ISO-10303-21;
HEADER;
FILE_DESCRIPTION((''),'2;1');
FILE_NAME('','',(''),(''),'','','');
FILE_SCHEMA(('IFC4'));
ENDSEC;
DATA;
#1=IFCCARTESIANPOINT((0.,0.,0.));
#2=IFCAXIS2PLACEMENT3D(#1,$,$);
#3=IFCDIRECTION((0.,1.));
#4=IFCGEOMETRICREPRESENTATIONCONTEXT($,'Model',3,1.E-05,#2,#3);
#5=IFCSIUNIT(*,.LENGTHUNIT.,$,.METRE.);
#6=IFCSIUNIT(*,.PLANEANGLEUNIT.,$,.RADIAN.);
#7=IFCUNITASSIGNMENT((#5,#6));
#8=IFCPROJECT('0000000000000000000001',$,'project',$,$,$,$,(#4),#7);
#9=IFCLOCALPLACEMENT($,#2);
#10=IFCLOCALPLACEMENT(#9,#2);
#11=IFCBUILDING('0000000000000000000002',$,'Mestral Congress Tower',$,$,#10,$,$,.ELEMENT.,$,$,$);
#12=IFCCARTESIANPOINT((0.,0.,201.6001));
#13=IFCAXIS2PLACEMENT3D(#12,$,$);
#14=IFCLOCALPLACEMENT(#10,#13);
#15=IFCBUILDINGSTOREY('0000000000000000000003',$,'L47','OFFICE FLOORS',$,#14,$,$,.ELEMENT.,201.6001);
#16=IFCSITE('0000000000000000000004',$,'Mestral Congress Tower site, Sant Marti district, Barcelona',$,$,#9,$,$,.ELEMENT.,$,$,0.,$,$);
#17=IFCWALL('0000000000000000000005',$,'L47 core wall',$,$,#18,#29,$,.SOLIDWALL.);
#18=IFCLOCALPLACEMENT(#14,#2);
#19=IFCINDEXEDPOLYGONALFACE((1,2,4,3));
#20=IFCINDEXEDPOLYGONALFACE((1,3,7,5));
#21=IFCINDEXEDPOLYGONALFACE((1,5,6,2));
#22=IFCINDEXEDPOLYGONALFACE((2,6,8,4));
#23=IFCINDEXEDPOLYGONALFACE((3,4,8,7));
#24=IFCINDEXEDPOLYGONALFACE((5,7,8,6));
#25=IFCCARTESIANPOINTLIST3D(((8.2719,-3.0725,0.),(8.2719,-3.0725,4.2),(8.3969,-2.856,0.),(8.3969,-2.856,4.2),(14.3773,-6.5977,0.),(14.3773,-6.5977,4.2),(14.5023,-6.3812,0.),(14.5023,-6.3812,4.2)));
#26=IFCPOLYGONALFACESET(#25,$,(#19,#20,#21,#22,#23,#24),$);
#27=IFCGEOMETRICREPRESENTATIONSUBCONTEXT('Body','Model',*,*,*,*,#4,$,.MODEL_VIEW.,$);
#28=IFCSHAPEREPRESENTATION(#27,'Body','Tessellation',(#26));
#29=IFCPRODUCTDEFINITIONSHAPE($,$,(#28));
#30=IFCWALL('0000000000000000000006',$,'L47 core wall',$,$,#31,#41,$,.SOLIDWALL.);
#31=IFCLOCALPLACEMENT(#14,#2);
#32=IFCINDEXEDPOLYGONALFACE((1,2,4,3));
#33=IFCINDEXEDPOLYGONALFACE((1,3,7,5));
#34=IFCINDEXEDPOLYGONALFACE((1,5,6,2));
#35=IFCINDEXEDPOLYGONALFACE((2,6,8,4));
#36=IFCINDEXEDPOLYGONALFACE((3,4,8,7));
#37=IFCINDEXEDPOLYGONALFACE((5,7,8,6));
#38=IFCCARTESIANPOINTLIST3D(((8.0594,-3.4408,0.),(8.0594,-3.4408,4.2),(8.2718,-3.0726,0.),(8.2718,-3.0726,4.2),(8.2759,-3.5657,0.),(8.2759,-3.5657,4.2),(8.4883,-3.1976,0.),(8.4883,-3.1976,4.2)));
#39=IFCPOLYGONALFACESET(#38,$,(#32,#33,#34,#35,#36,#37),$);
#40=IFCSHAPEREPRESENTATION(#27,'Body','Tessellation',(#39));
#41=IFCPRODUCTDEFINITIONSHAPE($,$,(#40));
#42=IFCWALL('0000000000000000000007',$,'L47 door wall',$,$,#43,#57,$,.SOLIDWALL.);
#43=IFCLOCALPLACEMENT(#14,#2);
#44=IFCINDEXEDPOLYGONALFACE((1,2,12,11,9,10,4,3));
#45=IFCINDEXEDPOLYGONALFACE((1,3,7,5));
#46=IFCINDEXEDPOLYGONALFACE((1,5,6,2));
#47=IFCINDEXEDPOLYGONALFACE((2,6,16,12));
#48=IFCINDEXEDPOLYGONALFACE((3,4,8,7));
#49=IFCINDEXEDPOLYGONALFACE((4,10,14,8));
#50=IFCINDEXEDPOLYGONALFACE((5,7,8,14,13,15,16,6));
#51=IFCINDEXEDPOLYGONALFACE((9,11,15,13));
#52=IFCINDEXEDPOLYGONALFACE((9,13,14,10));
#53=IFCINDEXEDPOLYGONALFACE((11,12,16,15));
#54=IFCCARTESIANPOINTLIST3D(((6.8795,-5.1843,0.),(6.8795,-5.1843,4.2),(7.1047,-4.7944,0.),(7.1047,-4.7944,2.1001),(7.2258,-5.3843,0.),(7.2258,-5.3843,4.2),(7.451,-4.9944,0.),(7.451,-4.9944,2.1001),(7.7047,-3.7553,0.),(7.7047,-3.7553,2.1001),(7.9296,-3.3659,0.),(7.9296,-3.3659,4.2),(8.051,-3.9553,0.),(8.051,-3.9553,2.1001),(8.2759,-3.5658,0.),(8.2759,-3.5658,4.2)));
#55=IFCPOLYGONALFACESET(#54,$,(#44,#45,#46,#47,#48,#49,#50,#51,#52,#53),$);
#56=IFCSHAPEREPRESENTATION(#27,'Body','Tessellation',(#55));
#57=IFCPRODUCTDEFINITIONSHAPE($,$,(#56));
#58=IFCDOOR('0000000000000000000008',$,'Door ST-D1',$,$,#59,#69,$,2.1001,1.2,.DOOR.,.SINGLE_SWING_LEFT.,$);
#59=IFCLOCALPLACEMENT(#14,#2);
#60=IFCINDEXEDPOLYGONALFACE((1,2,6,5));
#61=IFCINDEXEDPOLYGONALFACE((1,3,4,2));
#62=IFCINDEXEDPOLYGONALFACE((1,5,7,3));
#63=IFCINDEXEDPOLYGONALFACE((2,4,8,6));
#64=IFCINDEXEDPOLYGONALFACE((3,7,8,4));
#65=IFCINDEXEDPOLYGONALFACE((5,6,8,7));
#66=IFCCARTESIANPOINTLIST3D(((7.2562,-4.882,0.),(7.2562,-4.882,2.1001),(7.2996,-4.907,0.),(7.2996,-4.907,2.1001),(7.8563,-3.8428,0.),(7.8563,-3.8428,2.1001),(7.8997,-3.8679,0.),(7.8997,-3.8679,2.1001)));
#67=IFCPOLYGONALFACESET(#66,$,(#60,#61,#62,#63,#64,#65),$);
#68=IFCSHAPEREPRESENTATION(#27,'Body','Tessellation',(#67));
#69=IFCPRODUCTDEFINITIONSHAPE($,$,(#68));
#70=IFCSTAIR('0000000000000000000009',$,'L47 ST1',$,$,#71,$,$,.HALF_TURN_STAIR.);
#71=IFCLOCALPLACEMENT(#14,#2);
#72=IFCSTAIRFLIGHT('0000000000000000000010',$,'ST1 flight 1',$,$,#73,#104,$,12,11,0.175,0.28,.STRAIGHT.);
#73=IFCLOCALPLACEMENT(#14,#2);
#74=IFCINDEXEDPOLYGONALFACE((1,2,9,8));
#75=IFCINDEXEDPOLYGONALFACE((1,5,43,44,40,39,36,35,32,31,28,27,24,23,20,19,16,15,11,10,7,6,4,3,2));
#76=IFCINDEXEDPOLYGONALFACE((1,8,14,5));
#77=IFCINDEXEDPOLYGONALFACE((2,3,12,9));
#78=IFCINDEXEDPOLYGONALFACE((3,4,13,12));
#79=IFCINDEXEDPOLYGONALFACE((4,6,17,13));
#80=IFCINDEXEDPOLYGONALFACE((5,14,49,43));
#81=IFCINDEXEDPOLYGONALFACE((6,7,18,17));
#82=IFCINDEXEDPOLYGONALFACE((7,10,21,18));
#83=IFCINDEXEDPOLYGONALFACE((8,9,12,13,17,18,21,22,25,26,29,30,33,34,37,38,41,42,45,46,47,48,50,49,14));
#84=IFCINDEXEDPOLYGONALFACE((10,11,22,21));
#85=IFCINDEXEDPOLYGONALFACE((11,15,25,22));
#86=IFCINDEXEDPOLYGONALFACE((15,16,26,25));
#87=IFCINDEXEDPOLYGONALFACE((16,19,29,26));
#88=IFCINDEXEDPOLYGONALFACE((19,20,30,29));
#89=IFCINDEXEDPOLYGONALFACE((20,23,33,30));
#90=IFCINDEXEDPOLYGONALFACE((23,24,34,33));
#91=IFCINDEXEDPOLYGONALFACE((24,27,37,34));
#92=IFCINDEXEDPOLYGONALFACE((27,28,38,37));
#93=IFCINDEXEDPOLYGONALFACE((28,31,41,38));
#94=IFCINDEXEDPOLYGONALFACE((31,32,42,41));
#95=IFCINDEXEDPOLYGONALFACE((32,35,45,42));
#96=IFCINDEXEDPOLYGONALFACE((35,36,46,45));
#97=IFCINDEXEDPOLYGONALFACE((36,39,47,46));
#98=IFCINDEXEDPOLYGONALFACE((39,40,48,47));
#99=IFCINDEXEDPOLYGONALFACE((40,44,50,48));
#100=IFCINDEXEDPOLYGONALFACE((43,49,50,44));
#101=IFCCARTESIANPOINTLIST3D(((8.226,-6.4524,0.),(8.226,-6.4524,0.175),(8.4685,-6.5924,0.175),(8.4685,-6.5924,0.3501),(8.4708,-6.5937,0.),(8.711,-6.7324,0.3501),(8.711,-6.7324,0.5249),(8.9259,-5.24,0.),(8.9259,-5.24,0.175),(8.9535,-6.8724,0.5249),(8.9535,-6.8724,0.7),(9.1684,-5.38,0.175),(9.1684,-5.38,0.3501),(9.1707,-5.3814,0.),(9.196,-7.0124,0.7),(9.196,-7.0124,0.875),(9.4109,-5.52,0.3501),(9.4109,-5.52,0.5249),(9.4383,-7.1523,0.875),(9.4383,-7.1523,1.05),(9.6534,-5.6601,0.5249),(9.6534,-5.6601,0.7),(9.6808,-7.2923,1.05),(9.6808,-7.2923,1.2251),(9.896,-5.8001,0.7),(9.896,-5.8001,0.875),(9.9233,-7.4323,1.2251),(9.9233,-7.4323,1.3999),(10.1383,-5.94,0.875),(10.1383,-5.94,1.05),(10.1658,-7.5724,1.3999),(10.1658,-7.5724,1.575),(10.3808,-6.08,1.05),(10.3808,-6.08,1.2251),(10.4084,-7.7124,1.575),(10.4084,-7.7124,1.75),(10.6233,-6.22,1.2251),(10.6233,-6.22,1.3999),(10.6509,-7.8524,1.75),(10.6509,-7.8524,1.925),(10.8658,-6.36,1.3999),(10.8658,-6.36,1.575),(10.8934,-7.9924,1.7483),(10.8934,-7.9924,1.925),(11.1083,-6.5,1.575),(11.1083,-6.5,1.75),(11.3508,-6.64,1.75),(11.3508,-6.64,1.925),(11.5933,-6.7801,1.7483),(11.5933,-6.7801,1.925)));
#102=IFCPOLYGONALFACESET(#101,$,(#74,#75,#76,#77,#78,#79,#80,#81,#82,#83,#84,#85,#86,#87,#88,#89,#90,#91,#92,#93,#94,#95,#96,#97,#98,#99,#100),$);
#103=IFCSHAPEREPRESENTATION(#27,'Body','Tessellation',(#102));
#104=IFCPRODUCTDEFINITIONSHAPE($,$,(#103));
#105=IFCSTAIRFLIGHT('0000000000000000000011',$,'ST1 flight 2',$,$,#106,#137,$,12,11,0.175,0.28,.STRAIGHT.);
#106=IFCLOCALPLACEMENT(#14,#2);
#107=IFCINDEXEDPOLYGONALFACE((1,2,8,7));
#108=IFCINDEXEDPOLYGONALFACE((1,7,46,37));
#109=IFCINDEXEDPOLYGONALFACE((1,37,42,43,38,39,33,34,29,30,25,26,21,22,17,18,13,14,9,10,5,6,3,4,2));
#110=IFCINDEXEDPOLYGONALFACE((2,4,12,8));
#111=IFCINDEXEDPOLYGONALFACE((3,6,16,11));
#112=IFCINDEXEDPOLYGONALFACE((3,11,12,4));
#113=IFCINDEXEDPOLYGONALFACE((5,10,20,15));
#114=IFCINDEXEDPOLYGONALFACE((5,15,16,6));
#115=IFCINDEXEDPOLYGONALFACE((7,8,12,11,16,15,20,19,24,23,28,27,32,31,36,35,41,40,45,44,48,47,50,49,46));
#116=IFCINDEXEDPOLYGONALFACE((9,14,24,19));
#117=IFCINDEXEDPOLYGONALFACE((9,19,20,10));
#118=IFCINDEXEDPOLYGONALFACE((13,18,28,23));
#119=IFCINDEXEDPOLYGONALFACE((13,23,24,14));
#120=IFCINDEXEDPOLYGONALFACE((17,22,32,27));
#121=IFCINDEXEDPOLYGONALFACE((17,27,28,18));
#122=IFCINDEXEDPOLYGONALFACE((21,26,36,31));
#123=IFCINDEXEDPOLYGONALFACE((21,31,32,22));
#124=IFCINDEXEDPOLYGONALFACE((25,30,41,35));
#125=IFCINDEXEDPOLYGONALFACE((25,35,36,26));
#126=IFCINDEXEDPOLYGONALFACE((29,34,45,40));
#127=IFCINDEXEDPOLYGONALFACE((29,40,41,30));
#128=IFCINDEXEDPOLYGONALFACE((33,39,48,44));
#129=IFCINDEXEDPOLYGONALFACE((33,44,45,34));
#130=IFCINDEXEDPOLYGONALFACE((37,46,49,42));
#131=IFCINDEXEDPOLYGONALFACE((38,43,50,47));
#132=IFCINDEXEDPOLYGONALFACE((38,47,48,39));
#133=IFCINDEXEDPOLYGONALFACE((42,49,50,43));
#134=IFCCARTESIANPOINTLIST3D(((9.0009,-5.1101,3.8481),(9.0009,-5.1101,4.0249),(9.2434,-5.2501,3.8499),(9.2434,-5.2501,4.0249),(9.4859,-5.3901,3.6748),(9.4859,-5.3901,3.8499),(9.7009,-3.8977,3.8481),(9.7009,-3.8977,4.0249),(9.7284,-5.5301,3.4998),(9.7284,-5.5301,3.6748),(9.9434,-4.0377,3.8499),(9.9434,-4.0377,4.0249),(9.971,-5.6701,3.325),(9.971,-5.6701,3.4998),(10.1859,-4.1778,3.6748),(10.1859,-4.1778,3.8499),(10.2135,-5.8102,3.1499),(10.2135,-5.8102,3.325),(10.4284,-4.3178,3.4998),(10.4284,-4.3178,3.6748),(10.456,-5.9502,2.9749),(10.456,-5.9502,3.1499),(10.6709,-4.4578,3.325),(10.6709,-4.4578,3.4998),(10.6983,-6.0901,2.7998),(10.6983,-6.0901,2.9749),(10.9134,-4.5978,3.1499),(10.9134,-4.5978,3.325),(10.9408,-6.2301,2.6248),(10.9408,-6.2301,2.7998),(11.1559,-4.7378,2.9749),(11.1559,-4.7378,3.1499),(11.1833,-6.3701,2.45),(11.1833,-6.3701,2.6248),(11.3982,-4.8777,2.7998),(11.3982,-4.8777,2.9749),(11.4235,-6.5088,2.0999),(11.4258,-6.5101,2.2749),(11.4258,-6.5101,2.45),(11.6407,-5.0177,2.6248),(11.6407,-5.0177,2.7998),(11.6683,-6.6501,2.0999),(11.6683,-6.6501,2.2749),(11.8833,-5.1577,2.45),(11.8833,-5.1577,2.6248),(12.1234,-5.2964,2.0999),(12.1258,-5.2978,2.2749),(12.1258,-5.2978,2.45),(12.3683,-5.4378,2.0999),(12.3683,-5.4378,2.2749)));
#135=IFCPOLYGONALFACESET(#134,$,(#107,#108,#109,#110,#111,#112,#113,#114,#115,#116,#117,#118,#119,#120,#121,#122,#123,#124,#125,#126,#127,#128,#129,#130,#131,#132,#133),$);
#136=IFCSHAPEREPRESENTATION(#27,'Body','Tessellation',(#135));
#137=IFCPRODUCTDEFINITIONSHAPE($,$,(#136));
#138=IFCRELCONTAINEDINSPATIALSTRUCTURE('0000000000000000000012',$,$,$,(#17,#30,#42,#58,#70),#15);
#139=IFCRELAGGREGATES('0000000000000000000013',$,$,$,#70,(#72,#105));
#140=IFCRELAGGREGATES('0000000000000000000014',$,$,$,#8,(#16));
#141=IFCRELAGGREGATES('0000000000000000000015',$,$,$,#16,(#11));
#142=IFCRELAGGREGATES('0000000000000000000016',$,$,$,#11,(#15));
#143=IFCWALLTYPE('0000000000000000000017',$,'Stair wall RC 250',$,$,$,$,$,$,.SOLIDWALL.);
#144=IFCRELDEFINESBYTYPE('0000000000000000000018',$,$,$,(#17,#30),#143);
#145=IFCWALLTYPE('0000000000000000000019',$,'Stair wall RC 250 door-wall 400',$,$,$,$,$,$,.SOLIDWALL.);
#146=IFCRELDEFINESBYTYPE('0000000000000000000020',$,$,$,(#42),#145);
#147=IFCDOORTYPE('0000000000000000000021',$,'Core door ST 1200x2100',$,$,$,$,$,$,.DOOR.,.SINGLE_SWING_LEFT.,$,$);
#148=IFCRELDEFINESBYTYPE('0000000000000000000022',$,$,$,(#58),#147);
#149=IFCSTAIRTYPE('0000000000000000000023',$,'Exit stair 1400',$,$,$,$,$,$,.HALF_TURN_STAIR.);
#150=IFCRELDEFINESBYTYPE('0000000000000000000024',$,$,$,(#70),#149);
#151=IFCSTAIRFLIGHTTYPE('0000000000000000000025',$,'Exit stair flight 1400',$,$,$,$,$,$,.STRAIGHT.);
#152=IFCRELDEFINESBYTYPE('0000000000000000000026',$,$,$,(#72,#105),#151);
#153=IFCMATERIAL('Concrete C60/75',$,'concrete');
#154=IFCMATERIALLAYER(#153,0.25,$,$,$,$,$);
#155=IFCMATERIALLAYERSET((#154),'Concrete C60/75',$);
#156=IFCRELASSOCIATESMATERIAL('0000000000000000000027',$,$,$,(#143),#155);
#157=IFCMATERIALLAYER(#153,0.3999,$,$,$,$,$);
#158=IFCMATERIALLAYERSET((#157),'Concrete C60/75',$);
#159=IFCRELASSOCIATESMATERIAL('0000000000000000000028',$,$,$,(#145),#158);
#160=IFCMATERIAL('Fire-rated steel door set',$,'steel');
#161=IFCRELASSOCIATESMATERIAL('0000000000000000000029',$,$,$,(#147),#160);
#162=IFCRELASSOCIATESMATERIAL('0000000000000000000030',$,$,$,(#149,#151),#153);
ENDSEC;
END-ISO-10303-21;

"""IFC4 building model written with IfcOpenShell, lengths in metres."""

from ifc_helpers import new_model, si_unit, direction, frame, frame_2d, origin, place, context, subcontext, project, spatial, polyline, rectangle, outline, extrude, material, layer, layer_set, type_object, element, fill, aggregate, save


model = new_model("IFC4")

# Units and contexts
model_context = context("Model", 3, precision=1e-05, world=origin(), true_north=direction((0.0, 1.0)))
body_context = subcontext(model_context, "Body", "Model", "MODEL_VIEW")
ifc_project = project(units=[si_unit("LENGTHUNIT", "METRE"), si_unit("PLANEANGLEUNIT", "RADIAN")], contexts=[model_context])

# Site, building, storey
site_placement = place(None, origin())
site = spatial("IfcSite", under=ifc_project, at=site_placement, Name="Mestral Congress Tower site, Sant Marti district, Barcelona", CompositionType="ELEMENT", RefElevation=0.0)
building_placement = place(site_placement, origin())
building = spatial("IfcBuilding", under=site, at=building_placement, Name="Mestral Congress Tower", CompositionType="ELEMENT")
storey_placement = place(building_placement, frame((0.0, 0.0, 201.6001)))
storey = spatial("IfcBuildingStorey", under=building, at=storey_placement, Name="L47", Description="OFFICE FLOORS", CompositionType="ELEMENT", Elevation=201.6001)

# Shared definitions
ifc_material_1 = material(Name="Concrete C60/75", Category="concrete")

# Shared definitions
ifc_material_2 = material(Name="Fire-rated steel door set", Category="steel")

# Walls
ifc_layer_1 = layer(ifc_material_1, 0.25)
ifc_layer_set_1 = layer_set([ifc_layer_1], Name="Concrete C60/75")
wall_type_1 = type_object("IfcWallType", Name="Stair wall RC 250", PredefinedType="SOLIDWALL", material=ifc_layer_set_1)
wall_1_placement = place(storey_placement, frame((8.3345, -2.9644, 0.0), z_axis=(0.0, 0.0, 1.0), x_axis=(0.866016, -0.500016, 0.0)))
element("IfcWall", 1, at=wall_1_placement, inside=storey, type_object=wall_type_1, Name="L47 core wall", PredefinedType="SOLIDWALL", context=body_context, shape_type="SweptSolid", body=[
    extrude(rectangle(XDim=7.05, YDim=0.25, at=frame_2d((3.5249, 0.0))), origin(), (0.0, 0.0, 1.0), 4.2),
])
wall_2_placement = place(storey_placement, frame((8.1677, -3.5032, 0.0), z_axis=(0.0, 0.0, 1.0), x_axis=(0.499722, 0.866186, 0.0)))
element("IfcWall", 2, at=wall_2_placement, inside=storey, type_object=wall_type_1, Name="L47 core wall", PredefinedType="SOLIDWALL", context=body_context, shape_type="SweptSolid", body=[
    extrude(rectangle(XDim=0.425, YDim=0.25, at=frame_2d((0.2124, 0.0))), origin(), (0.0, 0.0, 1.0), 4.2),
])

# Wall, opening, door
ifc_layer_2 = layer(ifc_material_1, 0.3999)
ifc_layer_set_2 = layer_set([ifc_layer_2], Name="Concrete C60/75")
wall_type_2 = type_object("IfcWallType", Name="Stair wall RC 250 door-wall 400", PredefinedType="SOLIDWALL", material=ifc_layer_set_2)
wall_3_placement = place(storey_placement, frame((7.0527, -5.2842, 0.0), z_axis=(0.0, 0.0, 1.0), x_axis=(0.500078, 0.86598, 0.0)))
wall_3 = element("IfcWall", 3, at=wall_3_placement, inside=storey, type_object=wall_type_2, Name="L47 door wall", PredefinedType="SOLIDWALL", context=body_context, shape_type="SweptSolid", body=[
    extrude(rectangle(XDim=2.0999, YDim=0.3999, at=frame_2d((1.0498, 0.0))), origin(), (0.0, 0.0, 1.0), 4.2),
])
opening_1_placement = place(wall_3_placement, frame((0.45, 0.0, 0.0)))
opening_1 = element("IfcOpeningElement", 4, at=opening_1_placement, cuts=wall_3, PredefinedType="OPENING", context=body_context, shape_type="SweptSolid", body=[
    extrude(rectangle(XDim=1.2, YDim=2.1001, at=frame_2d((0.6001, 1.05))), frame((0.0, 0.21, 0.0), z_axis=(0.0, -1.0, 0.0), x_axis=(1.0, 0.0, 0.0)), (0.0, 0.0, 1.0), 0.4199),
])
door_type_1 = type_object("IfcDoorType", Name="Core door ST 1200x2100", OperationType="SINGLE_SWING_LEFT", PredefinedType="DOOR", material=ifc_material_2)
door_1_placement = place(opening_1_placement, origin())
door_1 = element("IfcDoor", 5, at=door_1_placement, inside=storey, type_object=door_type_1, Name="Door ST-D1", OperationType="SINGLE_SWING_LEFT", OverallHeight=2.1001, OverallWidth=1.2, PredefinedType="DOOR", context=body_context, shape_type="SweptSolid", body=[
    extrude(rectangle(XDim=1.2, YDim=2.1001, at=frame_2d((0.6001, 1.05))), frame((0.0, 0.0249, 0.0), z_axis=(0.0, -1.0, 0.0), x_axis=(1.0, 0.0, 0.0)), (0.0, 0.0, 1.0), 0.05),
])
fill(opening_1, door_1)

# Stair, stair flights
stair_type = type_object("IfcStairType", Name="Exit stair 1400", PredefinedType="HALF_TURN_STAIR", material=ifc_material_1)
stair_placement = place(storey_placement, origin())
stair = element("IfcStair", 6, at=stair_placement, inside=storey, type_object=stair_type, Name="L47 ST1", PredefinedType="HALF_TURN_STAIR")
stair_flight_type = type_object("IfcStairFlightType", Name="Exit stair flight 1400", PredefinedType="STRAIGHT", material=ifc_material_1)
stair_flight_1_placement = place(storey_placement, frame((8.5759, -5.8462, 0.0), z_axis=(0.0, 0.0, 1.0), x_axis=(0.866025, -0.5, 0.0)))
stair_flight_1 = element("IfcStairFlight", 7, at=stair_flight_1_placement, type_object=stair_flight_type, Name="ST1 flight 1", NumberOfRisers=12, NumberOfTreads=11, PredefinedType="STRAIGHT", RiserHeight=0.175, TreadLength=0.28, context=body_context, shape_type="SweptSolid", body=[
    extrude(outline(polyline([(0.0, 0.0), (0.0, 0.175), (0.28, 0.175), (0.28, 0.3501), (0.5601, 0.3501), (0.5601, 0.5249), (0.8401, 0.5249), (0.8401, 0.7), (1.1201, 0.7), (1.1201, 0.875), (1.3999, 0.875), (1.3999, 1.05), (1.6799, 1.05), (1.6799, 1.2251), (1.96, 1.2251), (1.96, 1.3999), (2.24, 1.3999), (2.24, 1.575), (2.52, 1.575), (2.52, 1.75), (2.8, 1.75), (2.8, 1.925), (3.0801, 1.925), (3.0801, 2.1001), (3.0801, 1.7483), (0.2827, 0.0), (0.0, 0.0)])), frame((0.0, 0.7, 0.0), z_axis=(0.0, -1.0, 0.0), x_axis=(1.0, 0.0, 0.0)), (0.0, 0.0, 1.0), 1.3999),
])
stair_flight_2_placement = place(storey_placement, frame((12.0183, -6.0439, 2.0999), z_axis=(0.0, 0.0, 1.0), x_axis=(-0.866025, 0.5, 0.0)))
stair_flight_2 = element("IfcStairFlight", 8, at=stair_flight_2_placement, type_object=stair_flight_type, Name="ST1 flight 2", NumberOfRisers=12, NumberOfTreads=11, PredefinedType="STRAIGHT", RiserHeight=0.175, TreadLength=0.28, context=body_context, shape_type="SweptSolid", body=[
    extrude(outline(polyline([(0.0, 0.0), (0.0, 0.175), (0.28, 0.175), (0.28, 0.3501), (0.5601, 0.3501), (0.5601, 0.5249), (0.8401, 0.5249), (0.8401, 0.7), (1.1201, 0.7), (1.1201, 0.875), (1.3999, 0.875), (1.3999, 1.05), (1.6799, 1.05), (1.6799, 1.2251), (1.96, 1.2251), (1.96, 1.3999), (2.24, 1.3999), (2.24, 1.575), (2.52, 1.575), (2.52, 1.75), (2.8, 1.75), (2.8, 1.925), (3.0801, 1.925), (3.0801, 2.1001), (3.0801, 1.7483), (0.2827, 0.0), (0.0, 0.0)])), frame((0.0, 0.7, 0.0), z_axis=(0.0, -1.0, 0.0), x_axis=(1.0, 0.0, 0.0)), (0.0, 0.0, 1.0), 1.3999),
])
aggregate(stair, [stair_flight_1, stair_flight_2])

save(model, "model.ifc")
